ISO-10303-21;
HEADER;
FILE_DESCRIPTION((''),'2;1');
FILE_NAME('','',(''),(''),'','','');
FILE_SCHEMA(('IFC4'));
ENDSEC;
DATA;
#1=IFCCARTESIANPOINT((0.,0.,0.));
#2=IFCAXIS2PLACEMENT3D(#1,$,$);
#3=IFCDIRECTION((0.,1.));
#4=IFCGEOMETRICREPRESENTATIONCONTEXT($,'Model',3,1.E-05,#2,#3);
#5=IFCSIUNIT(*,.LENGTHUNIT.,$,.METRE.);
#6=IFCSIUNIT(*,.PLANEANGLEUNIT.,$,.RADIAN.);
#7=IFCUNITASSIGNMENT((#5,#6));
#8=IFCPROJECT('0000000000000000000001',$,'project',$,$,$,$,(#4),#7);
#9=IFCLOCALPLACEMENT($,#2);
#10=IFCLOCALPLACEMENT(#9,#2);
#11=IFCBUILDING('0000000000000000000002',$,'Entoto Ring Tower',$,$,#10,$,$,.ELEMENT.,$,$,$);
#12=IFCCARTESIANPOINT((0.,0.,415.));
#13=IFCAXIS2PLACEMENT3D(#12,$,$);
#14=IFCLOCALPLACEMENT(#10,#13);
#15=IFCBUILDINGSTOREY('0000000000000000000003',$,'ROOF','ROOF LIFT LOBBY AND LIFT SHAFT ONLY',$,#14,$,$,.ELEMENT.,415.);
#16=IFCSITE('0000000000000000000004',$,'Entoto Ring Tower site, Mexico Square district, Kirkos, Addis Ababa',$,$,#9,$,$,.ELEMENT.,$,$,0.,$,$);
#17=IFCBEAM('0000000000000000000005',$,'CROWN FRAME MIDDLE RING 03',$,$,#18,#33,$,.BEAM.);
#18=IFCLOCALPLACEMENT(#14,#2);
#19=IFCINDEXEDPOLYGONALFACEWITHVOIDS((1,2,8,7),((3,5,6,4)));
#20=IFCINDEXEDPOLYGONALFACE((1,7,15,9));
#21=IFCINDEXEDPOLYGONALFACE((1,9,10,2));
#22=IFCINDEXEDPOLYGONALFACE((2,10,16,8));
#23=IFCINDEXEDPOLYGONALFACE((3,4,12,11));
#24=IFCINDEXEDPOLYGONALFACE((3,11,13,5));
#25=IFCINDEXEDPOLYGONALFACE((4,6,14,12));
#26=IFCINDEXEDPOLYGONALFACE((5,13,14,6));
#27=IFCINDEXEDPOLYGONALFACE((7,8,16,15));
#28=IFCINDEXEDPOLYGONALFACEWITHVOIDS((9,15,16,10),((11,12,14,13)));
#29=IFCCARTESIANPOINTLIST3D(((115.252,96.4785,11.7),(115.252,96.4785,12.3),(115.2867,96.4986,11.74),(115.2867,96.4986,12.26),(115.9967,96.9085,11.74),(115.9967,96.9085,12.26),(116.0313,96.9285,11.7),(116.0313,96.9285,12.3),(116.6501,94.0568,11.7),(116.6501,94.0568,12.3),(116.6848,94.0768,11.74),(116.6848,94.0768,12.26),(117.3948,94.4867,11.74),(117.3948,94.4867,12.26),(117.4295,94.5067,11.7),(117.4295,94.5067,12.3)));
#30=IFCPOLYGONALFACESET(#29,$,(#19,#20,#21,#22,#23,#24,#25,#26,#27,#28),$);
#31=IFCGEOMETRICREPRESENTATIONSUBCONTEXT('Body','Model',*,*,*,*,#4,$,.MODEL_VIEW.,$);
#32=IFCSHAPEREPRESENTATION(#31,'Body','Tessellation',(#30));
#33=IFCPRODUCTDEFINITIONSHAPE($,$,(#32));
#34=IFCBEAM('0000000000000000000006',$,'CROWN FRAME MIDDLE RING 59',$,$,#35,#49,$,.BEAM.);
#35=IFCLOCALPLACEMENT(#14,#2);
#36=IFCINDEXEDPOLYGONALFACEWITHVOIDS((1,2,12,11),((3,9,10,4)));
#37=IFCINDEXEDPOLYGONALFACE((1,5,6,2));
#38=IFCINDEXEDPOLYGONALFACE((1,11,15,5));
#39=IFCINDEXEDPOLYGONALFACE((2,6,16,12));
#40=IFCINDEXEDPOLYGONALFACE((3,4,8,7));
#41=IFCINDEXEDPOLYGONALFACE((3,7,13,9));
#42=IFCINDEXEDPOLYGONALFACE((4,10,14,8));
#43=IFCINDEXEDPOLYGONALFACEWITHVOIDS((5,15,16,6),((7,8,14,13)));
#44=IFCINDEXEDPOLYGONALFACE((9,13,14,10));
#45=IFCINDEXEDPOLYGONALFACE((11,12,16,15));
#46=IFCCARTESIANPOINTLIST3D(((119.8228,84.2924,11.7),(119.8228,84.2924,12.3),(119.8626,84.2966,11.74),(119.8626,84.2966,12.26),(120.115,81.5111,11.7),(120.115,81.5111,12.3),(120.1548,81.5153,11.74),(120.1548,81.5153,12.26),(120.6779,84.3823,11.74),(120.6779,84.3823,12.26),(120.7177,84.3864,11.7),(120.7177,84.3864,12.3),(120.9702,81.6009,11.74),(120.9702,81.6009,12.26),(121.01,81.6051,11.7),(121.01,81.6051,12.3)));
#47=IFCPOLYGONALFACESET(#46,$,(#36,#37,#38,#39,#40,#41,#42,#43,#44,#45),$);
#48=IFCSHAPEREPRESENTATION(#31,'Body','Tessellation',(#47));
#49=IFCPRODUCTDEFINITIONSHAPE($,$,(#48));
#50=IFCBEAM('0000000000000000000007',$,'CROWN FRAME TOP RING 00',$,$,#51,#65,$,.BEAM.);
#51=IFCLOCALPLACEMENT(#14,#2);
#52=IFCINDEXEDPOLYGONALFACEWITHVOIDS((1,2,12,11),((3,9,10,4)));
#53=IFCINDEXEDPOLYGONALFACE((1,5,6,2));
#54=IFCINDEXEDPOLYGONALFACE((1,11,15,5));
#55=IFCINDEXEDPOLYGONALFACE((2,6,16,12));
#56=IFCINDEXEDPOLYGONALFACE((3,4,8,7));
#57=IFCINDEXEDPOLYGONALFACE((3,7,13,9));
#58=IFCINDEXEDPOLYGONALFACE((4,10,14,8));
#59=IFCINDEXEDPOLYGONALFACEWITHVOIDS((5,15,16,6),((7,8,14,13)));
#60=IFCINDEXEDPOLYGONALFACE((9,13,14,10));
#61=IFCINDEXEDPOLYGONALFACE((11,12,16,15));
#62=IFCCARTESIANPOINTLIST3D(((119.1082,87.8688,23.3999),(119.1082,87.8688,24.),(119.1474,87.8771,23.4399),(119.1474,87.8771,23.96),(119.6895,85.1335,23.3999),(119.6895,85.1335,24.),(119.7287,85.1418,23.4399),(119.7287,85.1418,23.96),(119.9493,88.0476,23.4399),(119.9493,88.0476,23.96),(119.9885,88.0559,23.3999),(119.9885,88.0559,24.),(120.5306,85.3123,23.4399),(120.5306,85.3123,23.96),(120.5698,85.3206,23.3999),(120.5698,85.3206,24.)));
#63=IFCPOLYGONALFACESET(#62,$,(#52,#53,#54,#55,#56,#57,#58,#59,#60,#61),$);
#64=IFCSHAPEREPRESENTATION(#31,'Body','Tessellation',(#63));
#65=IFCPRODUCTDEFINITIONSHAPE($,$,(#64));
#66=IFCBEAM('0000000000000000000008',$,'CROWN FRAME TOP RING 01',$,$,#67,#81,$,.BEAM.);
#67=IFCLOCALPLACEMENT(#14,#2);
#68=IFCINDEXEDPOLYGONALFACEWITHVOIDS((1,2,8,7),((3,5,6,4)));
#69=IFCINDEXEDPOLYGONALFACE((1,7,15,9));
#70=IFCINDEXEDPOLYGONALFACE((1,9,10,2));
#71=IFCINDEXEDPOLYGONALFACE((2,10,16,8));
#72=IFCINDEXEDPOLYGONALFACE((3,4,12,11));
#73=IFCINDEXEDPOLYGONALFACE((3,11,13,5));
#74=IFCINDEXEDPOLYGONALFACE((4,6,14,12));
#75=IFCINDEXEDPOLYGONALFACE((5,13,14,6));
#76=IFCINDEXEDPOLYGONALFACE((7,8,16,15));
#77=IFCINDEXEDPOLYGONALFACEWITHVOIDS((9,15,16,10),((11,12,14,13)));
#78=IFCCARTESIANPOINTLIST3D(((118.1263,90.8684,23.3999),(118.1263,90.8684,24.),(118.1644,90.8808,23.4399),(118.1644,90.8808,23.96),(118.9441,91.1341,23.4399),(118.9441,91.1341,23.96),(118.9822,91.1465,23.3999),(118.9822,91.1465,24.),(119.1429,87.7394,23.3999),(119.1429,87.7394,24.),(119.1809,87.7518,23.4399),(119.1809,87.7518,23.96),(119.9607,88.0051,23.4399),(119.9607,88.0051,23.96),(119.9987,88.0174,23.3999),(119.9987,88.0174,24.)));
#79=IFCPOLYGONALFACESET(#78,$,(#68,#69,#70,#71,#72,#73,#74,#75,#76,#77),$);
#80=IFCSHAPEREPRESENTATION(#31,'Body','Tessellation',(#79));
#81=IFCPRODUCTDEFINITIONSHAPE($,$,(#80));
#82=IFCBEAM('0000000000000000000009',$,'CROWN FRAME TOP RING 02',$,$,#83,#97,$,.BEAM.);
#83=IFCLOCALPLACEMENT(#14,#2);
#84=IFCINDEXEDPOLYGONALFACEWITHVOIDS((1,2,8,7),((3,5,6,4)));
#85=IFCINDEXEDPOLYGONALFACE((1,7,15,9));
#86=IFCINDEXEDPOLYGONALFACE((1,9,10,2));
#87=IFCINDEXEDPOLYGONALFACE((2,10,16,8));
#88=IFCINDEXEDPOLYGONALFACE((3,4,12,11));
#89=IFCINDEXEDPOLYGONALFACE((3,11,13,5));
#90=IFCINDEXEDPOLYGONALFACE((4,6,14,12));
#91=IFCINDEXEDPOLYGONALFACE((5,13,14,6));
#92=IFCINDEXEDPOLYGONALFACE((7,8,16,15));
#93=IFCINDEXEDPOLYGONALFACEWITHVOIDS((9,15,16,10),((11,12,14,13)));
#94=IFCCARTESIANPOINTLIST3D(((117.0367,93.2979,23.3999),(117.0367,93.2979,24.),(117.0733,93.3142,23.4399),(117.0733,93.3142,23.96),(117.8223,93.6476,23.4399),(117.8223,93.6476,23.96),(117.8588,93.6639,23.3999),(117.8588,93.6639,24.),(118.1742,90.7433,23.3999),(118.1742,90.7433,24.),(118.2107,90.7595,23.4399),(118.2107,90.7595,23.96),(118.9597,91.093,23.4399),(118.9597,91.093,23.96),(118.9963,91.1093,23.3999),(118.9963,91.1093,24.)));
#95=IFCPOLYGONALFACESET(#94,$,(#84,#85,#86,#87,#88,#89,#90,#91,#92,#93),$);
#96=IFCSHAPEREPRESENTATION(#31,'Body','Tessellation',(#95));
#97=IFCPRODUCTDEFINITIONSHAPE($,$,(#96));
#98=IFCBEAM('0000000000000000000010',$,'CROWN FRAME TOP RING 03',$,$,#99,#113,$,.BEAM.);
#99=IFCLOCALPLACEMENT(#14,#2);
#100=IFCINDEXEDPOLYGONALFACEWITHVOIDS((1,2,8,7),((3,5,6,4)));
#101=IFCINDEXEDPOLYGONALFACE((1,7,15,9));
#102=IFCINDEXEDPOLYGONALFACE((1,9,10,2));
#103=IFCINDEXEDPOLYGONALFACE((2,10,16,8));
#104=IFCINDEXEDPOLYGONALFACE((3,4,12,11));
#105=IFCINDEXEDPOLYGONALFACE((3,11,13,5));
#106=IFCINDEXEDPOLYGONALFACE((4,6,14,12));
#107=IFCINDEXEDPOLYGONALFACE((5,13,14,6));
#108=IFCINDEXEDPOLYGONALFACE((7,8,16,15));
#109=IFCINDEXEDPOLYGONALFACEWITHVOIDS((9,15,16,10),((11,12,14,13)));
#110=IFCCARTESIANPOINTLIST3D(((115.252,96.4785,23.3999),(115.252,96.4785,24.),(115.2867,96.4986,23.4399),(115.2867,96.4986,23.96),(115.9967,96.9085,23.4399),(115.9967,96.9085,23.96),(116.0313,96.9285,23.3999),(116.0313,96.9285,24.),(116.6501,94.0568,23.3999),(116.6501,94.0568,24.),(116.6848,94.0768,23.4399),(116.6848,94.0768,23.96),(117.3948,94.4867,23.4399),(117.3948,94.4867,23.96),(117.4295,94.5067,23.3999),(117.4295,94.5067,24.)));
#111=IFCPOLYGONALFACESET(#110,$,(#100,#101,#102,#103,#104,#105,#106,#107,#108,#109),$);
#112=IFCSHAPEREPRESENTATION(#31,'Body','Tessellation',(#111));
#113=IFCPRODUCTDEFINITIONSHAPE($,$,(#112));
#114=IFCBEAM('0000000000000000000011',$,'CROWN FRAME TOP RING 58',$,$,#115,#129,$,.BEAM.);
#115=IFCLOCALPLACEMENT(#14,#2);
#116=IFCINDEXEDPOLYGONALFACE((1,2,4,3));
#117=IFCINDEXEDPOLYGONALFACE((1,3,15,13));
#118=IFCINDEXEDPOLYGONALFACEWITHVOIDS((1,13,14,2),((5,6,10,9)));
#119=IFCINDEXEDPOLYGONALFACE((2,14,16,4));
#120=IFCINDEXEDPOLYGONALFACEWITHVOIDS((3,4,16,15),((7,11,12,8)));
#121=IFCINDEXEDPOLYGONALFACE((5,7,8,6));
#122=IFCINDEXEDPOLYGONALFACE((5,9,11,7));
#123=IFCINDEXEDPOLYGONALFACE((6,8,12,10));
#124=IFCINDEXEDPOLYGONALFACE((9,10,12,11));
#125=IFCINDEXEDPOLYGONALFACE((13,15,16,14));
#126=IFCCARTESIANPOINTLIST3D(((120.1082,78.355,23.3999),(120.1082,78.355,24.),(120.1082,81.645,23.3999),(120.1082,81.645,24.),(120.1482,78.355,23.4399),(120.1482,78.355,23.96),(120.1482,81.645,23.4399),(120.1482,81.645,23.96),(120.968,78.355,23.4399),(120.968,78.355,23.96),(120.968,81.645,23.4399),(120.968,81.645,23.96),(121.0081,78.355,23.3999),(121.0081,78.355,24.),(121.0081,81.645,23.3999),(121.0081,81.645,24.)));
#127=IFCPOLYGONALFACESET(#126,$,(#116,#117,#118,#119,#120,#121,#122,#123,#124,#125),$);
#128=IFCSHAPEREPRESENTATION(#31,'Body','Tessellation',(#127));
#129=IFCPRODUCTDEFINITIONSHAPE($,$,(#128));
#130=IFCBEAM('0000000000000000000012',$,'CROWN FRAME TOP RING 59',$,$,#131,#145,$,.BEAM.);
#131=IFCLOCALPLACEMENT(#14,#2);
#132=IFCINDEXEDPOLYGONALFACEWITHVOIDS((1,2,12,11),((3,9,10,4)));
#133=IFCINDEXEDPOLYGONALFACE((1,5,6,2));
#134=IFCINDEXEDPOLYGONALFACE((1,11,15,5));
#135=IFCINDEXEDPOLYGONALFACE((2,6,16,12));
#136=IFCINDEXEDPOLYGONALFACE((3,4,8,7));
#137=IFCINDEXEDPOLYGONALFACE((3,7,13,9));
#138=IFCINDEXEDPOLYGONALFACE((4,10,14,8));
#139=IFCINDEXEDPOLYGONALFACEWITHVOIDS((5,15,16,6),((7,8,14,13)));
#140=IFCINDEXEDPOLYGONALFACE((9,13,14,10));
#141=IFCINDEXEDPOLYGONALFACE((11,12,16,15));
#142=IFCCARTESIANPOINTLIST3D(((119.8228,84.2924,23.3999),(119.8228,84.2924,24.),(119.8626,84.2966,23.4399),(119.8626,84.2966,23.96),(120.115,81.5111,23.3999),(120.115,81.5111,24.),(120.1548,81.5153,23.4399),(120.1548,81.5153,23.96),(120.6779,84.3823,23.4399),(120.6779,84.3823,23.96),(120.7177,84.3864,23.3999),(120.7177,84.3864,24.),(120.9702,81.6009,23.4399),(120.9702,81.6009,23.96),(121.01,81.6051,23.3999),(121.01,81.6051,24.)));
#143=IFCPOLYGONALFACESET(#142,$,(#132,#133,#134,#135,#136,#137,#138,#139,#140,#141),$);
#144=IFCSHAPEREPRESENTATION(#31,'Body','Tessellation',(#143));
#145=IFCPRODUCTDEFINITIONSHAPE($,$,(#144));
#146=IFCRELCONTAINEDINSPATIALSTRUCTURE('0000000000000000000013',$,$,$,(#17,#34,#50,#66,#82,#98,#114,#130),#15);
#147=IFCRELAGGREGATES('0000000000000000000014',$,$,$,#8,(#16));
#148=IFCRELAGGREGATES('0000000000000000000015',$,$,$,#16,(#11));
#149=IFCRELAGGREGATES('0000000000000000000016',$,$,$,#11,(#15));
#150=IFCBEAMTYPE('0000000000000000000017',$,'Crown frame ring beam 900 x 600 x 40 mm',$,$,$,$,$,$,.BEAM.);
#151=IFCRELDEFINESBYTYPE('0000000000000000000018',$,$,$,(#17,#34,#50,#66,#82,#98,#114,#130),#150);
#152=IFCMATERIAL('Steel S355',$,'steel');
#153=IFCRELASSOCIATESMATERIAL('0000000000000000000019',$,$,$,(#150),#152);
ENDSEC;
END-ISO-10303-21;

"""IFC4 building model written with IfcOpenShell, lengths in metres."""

from ifc_helpers import new_model, si_unit, direction, frame, origin, origin_2d, place, context, subcontext, project, spatial, hollow_rectangle, extrude, material, material_profile, profile_set, type_object, element, save


model = new_model("IFC4")

# Units and contexts
model_context = context("Model", 3, precision=1e-05, world=origin(), true_north=direction((0.0, 1.0)))
body_context = subcontext(model_context, "Body", "Model", "MODEL_VIEW")
ifc_project = project(units=[si_unit("LENGTHUNIT", "METRE"), si_unit("PLANEANGLEUNIT", "RADIAN")], contexts=[model_context])

# Site, building, storey
site_placement = place(None, origin())
site = spatial("IfcSite", under=ifc_project, at=site_placement, Name="Entoto Ring Tower site, Mexico Square district, Kirkos, Addis Ababa", CompositionType="ELEMENT", RefElevation=0.0)
building_placement = place(site_placement, origin())
building = spatial("IfcBuilding", under=site, at=building_placement, Name="Entoto Ring Tower", CompositionType="ELEMENT")
storey_placement = place(building_placement, frame((0.0, 0.0, 415.0)))
storey = spatial("IfcBuildingStorey", under=building, at=storey_placement, Name="ROOF", Description="ROOF LIFT LOBBY AND LIFT SHAFT ONLY", CompositionType="ELEMENT", Elevation=415.0)

# Beams
ifc_material_1 = material(Name="Steel S355", Category="steel")
ifc_material_profile_1 = material_profile(ifc_material_1, hollow_rectangle(XDim=0.8999, YDim=0.6001, WallThickness=0.04, at=origin_2d()), Name="Crown frame ring beam 900 x 600 x 40 mm")
ifc_profile_set_1 = profile_set([ifc_material_profile_1], Name="Steel S355")
beam_type_1 = type_object("IfcBeamType", Name="Crown frame ring beam 900 x 600 x 40 mm", PredefinedType="BEAM", material=ifc_profile_set_1)
for number, where, z_axis, x_axis, name in (
    (1, (117.0398, 94.2817, 12.0), (-0.499979, 0.866037, 0.0), (-0.866037, -0.499979, 0.0), "CROWN FRAME MIDDLE RING 03"),
):
    element("IfcBeam", number, at=place(storey_placement, frame(where, z_axis=z_axis, x_axis=x_axis)), inside=storey, type_object=beam_type_1, Name=name, PredefinedType="BEAM", context=body_context, shape_type="SweptSolid", body=[
        extrude(hollow_rectangle(XDim=0.8999, YDim=0.6001, WallThickness=0.04, at=origin_2d()), origin(), (0.0, 0.0, 1.0), 2.7964),
    ])
beam_1_placement = place(storey_placement, frame((120.5625, 81.5581, 12.0), z_axis=(-0.104498, 0.994525, 0.0), x_axis=(-0.994525, -0.104498, 0.0)))
element("IfcBeam", 2, at=beam_1_placement, inside=storey, type_object=beam_type_1, Name="CROWN FRAME MIDDLE RING 59", PredefinedType="BEAM", context=body_context, shape_type="SweptSolid", body=[
    extrude(hollow_rectangle(XDim=0.8999, YDim=0.6001, WallThickness=0.04, at=origin_2d()), origin(), (0.0, 0.0, 1.0), 2.7966),
])
beam_2_placement = place(storey_placement, frame((120.1296, 85.2271, 23.7), z_axis=(-0.207871, 0.978156, 0.0), x_axis=(-0.978156, -0.207871, 0.0)))
element("IfcBeam", 3, at=beam_2_placement, inside=storey, type_object=beam_type_1, Name="CROWN FRAME TOP RING 00", PredefinedType="BEAM", context=body_context, shape_type="SweptSolid", body=[
    extrude(hollow_rectangle(XDim=0.8999, YDim=0.6001, WallThickness=0.04, at=origin_2d()), origin(), (0.0, 0.0, 1.0), 2.7964),
])
beam_3_placement = place(storey_placement, frame((119.5708, 87.8784, 23.7), z_axis=(-0.308984, 0.951067, 0.0), x_axis=(-0.951067, -0.308984, 0.0)))
element("IfcBeam", 4, at=beam_3_placement, inside=storey, type_object=beam_type_1, Name="CROWN FRAME TOP RING 01", PredefinedType="BEAM", context=body_context, shape_type="SweptSolid", body=[
    extrude(hollow_rectangle(XDim=0.8999, YDim=0.6001, WallThickness=0.04, at=origin_2d()), origin(), (0.0, 0.0, 1.0), 3.29),
])
for number, where, z_axis, x_axis, name in (
    (5, (118.5852, 90.9263, 23.7), (-0.406746, 0.913541, 0.0), (-0.913541, -0.406746, 0.0), "CROWN FRAME TOP RING 02"),
    (6, (117.0398, 94.2817, 23.7), (-0.499979, 0.866037, 0.0), (-0.866037, -0.499979, 0.0), "CROWN FRAME TOP RING 03"),
):
    element("IfcBeam", number, at=place(storey_placement, frame(where, z_axis=z_axis, x_axis=x_axis)), inside=storey, type_object=beam_type_1, Name=name, PredefinedType="BEAM", context=body_context, shape_type="SweptSolid", body=[
        extrude(hollow_rectangle(XDim=0.8999, YDim=0.6001, WallThickness=0.04, at=origin_2d()), origin(), (0.0, 0.0, 1.0), 2.7964),
    ])
beam_4_placement = place(storey_placement, frame((120.5581, 78.355, 23.7), z_axis=(0.0, 1.0, 0.0), x_axis=(-1.0, 0.0, 0.0)))
element("IfcBeam", 7, at=beam_4_placement, inside=storey, type_object=beam_type_1, Name="CROWN FRAME TOP RING 58", PredefinedType="BEAM", context=body_context, shape_type="SweptSolid", body=[
    extrude(hollow_rectangle(XDim=0.8999, YDim=0.6001, WallThickness=0.04, at=origin_2d()), origin(), (0.0, 0.0, 1.0), 3.29),
])
beam_5_placement = place(storey_placement, frame((120.5625, 81.5581, 23.7), z_axis=(-0.104498, 0.994525, 0.0), x_axis=(-0.994525, -0.104498, 0.0)))
element("IfcBeam", 8, at=beam_5_placement, inside=storey, type_object=beam_type_1, Name="CROWN FRAME TOP RING 59", PredefinedType="BEAM", context=body_context, shape_type="SweptSolid", body=[
    extrude(hollow_rectangle(XDim=0.8999, YDim=0.6001, WallThickness=0.04, at=origin_2d()), origin(), (0.0, 0.0, 1.0), 2.7966),
])

save(model, "model.ifc")
